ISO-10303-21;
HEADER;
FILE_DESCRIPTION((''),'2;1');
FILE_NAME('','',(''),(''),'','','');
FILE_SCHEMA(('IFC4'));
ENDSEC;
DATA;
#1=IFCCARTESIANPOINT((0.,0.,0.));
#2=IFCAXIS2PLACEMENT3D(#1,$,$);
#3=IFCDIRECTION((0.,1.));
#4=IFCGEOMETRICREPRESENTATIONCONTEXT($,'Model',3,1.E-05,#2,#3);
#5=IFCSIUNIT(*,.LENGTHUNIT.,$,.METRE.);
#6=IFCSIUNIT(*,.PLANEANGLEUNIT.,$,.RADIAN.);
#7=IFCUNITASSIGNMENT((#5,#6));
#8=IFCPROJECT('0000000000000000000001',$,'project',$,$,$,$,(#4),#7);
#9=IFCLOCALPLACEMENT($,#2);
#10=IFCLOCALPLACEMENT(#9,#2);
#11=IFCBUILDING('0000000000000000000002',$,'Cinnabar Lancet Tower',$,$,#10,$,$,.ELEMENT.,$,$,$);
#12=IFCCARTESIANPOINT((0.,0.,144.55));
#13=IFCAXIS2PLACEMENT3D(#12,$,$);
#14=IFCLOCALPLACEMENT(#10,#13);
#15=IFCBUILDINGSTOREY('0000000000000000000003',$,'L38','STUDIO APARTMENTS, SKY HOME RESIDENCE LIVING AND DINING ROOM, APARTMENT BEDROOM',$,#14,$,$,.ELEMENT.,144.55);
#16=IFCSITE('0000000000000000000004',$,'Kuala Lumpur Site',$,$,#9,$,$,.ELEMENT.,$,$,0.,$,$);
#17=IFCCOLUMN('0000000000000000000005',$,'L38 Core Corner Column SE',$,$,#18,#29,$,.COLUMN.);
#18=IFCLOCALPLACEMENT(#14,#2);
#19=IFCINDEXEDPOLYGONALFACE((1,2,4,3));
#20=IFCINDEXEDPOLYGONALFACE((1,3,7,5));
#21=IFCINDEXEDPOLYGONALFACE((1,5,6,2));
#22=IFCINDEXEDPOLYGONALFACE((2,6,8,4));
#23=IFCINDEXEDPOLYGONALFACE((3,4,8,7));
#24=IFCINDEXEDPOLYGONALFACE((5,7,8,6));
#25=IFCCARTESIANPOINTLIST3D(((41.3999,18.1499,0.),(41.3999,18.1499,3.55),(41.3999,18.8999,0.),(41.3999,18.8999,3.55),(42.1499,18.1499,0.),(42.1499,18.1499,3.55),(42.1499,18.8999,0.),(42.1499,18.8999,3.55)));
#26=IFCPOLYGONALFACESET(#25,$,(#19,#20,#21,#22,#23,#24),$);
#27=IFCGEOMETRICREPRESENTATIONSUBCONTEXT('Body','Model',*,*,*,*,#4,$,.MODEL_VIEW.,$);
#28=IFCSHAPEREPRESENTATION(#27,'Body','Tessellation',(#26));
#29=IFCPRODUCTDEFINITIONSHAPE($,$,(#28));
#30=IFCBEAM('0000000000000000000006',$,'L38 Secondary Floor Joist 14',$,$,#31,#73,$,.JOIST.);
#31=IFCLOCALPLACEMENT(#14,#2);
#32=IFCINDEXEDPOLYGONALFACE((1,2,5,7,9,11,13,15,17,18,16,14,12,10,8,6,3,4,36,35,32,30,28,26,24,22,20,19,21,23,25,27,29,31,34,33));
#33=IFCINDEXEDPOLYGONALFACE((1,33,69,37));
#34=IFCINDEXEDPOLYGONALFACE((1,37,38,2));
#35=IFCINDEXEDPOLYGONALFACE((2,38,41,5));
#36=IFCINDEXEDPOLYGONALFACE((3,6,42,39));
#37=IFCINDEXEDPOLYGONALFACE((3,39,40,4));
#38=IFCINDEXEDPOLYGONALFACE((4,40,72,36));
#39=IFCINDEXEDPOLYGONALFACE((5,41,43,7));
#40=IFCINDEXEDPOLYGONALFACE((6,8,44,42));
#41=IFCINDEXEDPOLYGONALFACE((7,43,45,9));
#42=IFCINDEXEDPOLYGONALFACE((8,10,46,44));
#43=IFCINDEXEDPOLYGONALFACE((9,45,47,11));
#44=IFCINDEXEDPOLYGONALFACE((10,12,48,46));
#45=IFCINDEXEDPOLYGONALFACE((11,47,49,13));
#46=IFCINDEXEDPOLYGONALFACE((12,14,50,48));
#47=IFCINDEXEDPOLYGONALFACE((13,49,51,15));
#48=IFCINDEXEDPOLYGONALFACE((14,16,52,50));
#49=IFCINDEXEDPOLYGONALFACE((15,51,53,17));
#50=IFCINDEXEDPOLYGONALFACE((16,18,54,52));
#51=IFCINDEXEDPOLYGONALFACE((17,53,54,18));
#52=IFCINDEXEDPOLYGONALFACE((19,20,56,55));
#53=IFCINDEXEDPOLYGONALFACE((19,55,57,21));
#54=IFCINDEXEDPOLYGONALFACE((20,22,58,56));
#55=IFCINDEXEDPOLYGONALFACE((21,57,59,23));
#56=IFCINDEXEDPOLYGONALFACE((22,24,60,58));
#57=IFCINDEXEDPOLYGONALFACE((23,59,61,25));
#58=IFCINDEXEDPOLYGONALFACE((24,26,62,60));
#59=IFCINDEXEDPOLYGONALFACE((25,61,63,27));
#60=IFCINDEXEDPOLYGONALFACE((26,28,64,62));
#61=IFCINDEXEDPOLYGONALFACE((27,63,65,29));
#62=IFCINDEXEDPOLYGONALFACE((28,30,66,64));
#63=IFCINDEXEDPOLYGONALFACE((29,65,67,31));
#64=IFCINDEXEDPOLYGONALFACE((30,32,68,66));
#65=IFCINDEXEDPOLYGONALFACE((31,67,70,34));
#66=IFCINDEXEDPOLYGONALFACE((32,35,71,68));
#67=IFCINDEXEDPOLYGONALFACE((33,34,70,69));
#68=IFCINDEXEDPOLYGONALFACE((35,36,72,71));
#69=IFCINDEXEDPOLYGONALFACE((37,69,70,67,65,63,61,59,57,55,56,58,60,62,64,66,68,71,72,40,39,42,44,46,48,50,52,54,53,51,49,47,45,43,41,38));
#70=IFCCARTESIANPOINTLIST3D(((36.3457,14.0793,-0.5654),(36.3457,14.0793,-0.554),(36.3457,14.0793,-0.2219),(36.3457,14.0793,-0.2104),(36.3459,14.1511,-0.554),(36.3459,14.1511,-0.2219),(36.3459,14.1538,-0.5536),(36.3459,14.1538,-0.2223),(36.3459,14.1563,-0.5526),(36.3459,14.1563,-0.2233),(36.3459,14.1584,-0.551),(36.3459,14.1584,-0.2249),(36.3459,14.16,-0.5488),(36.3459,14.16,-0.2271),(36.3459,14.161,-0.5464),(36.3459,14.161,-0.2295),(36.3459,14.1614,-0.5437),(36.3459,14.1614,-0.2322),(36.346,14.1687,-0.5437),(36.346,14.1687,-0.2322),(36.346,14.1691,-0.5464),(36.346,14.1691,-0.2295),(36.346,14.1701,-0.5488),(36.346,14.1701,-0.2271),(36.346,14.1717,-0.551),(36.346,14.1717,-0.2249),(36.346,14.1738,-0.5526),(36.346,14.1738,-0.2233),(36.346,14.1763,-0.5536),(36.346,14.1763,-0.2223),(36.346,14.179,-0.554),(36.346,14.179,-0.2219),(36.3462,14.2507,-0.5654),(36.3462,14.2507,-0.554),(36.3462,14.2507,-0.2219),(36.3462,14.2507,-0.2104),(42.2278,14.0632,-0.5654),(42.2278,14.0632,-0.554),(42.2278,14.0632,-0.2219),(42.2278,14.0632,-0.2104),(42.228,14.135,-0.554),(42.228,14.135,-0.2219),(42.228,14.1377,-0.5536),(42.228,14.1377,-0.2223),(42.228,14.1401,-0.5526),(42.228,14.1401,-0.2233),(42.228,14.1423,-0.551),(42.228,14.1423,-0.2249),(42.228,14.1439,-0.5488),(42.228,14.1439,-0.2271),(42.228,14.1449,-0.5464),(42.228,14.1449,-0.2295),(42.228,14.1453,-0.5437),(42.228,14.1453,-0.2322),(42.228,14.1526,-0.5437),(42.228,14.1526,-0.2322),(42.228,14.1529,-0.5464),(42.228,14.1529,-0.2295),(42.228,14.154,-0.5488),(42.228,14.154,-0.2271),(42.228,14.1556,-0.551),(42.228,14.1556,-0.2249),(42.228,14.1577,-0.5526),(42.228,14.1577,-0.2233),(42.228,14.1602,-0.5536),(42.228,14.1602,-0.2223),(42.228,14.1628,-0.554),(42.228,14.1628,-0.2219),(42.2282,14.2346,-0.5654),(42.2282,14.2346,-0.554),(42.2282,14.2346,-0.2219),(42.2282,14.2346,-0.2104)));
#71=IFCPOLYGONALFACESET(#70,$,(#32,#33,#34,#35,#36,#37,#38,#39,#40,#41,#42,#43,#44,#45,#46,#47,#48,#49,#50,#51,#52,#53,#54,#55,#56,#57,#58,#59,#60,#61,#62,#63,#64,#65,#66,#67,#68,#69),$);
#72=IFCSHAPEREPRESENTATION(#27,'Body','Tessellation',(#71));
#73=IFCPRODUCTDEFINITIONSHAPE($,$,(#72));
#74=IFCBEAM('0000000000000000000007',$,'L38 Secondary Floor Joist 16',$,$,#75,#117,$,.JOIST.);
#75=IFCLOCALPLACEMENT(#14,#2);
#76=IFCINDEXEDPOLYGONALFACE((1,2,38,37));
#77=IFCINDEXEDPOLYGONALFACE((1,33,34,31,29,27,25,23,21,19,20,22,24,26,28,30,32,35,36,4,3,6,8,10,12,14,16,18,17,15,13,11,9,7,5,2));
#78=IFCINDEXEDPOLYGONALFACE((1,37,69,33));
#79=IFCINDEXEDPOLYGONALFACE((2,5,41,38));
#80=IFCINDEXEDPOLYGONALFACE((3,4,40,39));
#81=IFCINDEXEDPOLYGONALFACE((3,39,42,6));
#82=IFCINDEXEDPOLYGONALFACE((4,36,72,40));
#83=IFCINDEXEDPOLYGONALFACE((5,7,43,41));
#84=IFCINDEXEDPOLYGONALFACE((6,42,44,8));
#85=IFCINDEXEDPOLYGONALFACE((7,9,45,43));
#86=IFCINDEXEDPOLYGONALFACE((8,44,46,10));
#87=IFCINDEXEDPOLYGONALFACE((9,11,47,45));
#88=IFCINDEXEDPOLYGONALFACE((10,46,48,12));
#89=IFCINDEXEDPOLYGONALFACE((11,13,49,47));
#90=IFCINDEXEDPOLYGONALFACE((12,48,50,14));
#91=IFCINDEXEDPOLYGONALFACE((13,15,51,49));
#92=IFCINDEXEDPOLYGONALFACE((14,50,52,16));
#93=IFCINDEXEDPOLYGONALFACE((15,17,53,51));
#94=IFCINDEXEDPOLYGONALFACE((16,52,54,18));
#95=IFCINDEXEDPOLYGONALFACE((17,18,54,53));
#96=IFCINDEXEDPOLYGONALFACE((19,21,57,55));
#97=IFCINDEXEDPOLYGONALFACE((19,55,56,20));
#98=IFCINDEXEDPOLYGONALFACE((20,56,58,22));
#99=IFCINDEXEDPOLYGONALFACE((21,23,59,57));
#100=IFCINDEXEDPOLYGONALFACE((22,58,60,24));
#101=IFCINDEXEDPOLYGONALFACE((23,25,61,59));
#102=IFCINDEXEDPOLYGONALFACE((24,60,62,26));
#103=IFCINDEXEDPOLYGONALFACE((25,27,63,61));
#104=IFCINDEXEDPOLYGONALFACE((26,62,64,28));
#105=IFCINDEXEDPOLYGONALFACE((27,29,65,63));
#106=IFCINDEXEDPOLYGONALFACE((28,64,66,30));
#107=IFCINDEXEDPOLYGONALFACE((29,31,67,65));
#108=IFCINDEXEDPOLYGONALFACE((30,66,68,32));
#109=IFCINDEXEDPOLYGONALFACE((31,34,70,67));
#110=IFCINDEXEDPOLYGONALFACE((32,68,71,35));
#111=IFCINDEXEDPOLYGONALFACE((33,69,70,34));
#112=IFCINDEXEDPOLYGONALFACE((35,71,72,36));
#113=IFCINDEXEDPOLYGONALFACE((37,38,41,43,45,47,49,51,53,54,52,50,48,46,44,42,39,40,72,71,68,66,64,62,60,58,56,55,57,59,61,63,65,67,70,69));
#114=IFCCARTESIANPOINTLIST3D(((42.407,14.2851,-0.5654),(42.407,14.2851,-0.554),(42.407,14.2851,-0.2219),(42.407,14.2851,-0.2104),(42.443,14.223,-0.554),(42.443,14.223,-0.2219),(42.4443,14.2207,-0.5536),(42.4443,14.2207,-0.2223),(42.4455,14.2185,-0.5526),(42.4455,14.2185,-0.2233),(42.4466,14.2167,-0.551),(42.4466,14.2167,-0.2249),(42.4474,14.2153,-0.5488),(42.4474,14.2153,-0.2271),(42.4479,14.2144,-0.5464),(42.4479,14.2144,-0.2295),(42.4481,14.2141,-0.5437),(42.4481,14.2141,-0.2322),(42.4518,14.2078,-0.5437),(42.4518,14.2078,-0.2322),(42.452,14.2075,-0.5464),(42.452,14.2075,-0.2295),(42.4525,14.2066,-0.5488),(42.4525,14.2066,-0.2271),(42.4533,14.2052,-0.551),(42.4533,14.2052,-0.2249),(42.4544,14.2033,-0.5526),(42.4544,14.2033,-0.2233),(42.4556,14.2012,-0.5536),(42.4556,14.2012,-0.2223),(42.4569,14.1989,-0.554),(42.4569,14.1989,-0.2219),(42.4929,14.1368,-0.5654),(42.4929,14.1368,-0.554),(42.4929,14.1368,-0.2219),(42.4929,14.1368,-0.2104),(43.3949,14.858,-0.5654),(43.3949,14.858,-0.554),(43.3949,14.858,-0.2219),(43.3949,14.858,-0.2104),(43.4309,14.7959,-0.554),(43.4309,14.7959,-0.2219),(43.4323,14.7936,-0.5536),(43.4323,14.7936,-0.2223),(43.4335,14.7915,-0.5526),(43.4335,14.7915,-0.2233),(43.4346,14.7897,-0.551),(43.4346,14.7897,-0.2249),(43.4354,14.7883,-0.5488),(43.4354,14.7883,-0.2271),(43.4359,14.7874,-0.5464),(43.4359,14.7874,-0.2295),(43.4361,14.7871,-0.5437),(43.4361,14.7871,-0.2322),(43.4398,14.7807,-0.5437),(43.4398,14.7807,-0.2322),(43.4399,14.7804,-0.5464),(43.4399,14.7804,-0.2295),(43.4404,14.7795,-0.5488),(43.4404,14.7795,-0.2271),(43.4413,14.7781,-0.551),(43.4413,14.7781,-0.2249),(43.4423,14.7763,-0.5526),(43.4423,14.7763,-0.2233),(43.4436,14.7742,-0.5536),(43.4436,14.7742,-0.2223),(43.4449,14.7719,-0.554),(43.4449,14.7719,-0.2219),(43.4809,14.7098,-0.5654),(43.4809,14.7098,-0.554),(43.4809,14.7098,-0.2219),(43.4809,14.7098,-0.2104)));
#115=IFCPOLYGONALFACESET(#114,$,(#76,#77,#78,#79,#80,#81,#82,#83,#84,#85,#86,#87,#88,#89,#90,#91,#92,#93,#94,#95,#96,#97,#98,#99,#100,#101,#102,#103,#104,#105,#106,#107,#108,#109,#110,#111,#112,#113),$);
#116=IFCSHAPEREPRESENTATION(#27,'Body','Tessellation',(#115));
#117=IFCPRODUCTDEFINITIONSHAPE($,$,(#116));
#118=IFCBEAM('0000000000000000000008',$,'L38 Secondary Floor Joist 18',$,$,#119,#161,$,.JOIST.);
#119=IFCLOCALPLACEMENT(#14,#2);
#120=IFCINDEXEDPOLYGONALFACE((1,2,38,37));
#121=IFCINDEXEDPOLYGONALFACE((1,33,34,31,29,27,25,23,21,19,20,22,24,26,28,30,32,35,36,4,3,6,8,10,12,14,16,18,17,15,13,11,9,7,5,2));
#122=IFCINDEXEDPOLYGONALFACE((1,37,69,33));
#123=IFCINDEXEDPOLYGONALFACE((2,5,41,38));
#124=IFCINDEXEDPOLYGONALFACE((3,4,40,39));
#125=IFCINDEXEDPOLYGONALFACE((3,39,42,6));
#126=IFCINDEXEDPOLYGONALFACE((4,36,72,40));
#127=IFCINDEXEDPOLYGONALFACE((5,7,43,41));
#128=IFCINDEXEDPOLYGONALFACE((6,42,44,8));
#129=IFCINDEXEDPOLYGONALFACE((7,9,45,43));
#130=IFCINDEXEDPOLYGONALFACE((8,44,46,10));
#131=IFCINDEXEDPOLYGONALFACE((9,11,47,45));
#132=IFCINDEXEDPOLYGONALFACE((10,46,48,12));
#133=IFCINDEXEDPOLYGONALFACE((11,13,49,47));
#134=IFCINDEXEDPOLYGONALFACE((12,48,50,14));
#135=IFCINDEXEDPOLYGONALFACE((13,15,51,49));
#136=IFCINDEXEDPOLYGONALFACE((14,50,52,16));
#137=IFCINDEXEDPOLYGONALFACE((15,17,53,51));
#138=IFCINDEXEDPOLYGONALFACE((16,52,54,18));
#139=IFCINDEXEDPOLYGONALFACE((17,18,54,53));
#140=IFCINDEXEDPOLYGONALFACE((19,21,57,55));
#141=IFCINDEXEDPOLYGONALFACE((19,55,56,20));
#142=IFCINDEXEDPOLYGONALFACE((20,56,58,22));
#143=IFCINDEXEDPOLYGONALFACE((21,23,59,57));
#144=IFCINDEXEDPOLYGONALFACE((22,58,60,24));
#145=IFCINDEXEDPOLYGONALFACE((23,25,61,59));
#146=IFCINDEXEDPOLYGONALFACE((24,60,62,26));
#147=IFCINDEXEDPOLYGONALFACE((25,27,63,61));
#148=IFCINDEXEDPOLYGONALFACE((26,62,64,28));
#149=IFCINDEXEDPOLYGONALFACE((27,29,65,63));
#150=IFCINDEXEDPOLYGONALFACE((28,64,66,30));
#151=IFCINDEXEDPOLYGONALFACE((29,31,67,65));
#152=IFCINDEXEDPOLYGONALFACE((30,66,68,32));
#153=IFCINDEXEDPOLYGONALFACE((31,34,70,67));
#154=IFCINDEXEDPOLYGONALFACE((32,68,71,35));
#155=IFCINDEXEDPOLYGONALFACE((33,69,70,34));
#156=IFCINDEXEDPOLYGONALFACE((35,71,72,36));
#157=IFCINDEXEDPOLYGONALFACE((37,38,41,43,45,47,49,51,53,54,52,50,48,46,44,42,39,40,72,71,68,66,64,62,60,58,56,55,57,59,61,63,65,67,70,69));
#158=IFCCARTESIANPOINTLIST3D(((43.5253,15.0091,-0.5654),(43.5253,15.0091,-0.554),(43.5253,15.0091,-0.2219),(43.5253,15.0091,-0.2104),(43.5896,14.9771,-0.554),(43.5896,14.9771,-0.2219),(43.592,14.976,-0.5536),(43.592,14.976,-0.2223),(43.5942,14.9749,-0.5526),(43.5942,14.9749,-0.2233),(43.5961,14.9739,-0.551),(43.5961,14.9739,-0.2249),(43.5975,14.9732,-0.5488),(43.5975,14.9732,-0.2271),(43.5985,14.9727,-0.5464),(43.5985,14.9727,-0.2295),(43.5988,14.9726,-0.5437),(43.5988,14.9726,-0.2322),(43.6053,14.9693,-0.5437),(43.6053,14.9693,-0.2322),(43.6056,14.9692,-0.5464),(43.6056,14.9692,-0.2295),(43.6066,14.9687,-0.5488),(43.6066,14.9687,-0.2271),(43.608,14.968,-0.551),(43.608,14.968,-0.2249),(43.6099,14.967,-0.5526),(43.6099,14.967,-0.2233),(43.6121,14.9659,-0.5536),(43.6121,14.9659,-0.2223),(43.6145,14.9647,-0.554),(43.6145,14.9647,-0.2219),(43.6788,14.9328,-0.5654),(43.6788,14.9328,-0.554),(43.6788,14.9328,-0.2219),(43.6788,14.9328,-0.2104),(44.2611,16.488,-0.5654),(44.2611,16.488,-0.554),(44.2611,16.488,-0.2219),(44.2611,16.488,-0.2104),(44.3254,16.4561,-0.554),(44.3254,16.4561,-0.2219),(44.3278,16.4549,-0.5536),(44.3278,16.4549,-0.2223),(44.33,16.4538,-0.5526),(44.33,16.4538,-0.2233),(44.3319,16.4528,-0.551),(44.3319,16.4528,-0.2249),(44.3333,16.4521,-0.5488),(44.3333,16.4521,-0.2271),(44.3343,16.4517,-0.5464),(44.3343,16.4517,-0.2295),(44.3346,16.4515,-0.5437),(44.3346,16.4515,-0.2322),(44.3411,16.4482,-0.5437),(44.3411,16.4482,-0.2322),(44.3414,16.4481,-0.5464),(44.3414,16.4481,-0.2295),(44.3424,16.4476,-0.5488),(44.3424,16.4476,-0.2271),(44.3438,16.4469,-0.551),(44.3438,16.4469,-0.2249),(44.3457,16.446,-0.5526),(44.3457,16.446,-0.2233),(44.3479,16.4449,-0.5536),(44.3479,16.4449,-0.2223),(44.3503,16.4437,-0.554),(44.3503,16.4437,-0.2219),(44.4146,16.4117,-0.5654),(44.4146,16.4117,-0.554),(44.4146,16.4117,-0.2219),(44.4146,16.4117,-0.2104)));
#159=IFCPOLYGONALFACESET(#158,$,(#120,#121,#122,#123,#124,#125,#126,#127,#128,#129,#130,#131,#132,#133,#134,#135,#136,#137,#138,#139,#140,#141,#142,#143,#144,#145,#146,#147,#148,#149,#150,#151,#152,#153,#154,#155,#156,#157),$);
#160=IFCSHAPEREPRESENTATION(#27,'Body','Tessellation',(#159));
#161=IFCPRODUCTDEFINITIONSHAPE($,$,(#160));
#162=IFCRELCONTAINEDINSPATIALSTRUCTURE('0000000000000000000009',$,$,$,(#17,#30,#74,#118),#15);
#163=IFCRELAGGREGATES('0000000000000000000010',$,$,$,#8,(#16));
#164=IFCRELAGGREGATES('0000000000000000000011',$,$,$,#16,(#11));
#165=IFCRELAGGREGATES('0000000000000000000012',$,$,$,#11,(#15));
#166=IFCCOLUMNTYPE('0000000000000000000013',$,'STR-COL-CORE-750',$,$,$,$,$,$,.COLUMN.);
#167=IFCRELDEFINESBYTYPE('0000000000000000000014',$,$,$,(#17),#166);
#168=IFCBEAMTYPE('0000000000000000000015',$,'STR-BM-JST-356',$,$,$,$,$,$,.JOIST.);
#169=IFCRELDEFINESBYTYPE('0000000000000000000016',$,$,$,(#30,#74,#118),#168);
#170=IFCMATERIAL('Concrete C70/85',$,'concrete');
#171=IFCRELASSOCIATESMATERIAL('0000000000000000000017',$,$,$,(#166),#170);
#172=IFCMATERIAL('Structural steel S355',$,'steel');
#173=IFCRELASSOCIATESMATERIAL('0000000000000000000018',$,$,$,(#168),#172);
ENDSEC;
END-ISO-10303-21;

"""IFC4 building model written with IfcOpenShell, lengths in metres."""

from ifc_helpers import new_model, si_unit, direction, frame, origin, origin_2d, place, context, subcontext, project, spatial, rectangle, i_section, extrude, material, material_profile, profile_set, type_object, element, save


model = new_model("IFC4")

# Units and contexts
model_context = context("Model", 3, precision=1e-05, world=origin(), true_north=direction((0.0, 1.0)))
body_context = subcontext(model_context, "Body", "Model", "MODEL_VIEW")
ifc_project = project(units=[si_unit("LENGTHUNIT", "METRE"), si_unit("PLANEANGLEUNIT", "RADIAN")], contexts=[model_context])

# Site, building, storey
site_placement = place(None, origin())
site = spatial("IfcSite", under=ifc_project, at=site_placement, Name="Kuala Lumpur Site", CompositionType="ELEMENT", RefElevation=0.0)
building_placement = place(site_placement, origin())
building = spatial("IfcBuilding", under=site, at=building_placement, Name="Cinnabar Lancet Tower", CompositionType="ELEMENT")
storey_placement = place(building_placement, frame((0.0, 0.0, 144.55)))
storey = spatial("IfcBuildingStorey", under=building, at=storey_placement, Name="L38", Description="STUDIO APARTMENTS, SKY HOME RESIDENCE LIVING AND DINING ROOM, APARTMENT BEDROOM", CompositionType="ELEMENT", Elevation=144.55)

# Column
ifc_material_1 = material(Name="Concrete C70/85", Category="concrete")
ifc_material_profile_1 = material_profile(ifc_material_1, rectangle(XDim=0.75, YDim=0.75, at=origin_2d()), Name="RC-COL 750x750")
ifc_profile_set_1 = profile_set([ifc_material_profile_1], Name="Concrete C70/85")
column_type = type_object("IfcColumnType", Name="STR-COL-CORE-750", PredefinedType="COLUMN", material=ifc_profile_set_1)
column_placement = place(storey_placement, frame((41.7749, 18.5249, 0.0), z_axis=(0.0, 0.0, 1.0), x_axis=(1.0, 0.0, 0.0)))
element("IfcColumn", 1, at=column_placement, inside=storey, type_object=column_type, Name="L38 Core Corner Column SE", PredefinedType="COLUMN", context=body_context, shape_type="SweptSolid", body=[
    extrude(rectangle(XDim=0.75, YDim=0.75, at=origin_2d()), origin(), (0.0, 0.0, 1.0), 3.55),
])

# Beams
ifc_material_2 = material(Name="Structural steel S355", Category="steel")
ifc_material_profile_2 = material_profile(ifc_material_2, i_section(OverallWidth=0.1714, OverallDepth=0.355, WebThickness=0.0073, FlangeThickness=0.0115, FilletRadius=0.0103, at=origin_2d()), Name="UKB 356x171x51")
ifc_profile_set_2 = profile_set([ifc_material_profile_2], Name="Structural steel S355")
beam_type_1 = type_object("IfcBeamType", Name="STR-BM-JST-356", PredefinedType="JOIST", material=ifc_profile_set_2)
beam_1_placement = place(storey_placement, frame((36.3459, 14.165, -0.3879), z_axis=(0.999996, -0.002739, 0.0), x_axis=(0.002739, 0.999996, 0.0)))
element("IfcBeam", 2, at=beam_1_placement, inside=storey, type_object=beam_type_1, Name="L38 Secondary Floor Joist 14", PredefinedType="JOIST", context=body_context, shape_type="SweptSolid", body=[
    extrude(i_section(OverallWidth=0.1714, OverallDepth=0.355, WebThickness=0.0073, FlangeThickness=0.0115, FilletRadius=0.0103, at=origin_2d()), origin(), (0.0, 0.0, 1.0), 5.8821),
])
beam_2_placement = place(storey_placement, frame((42.45, 14.2109, -0.3879), z_axis=(0.865055, 0.501677, 0.0), x_axis=(-0.501677, 0.865055, 0.0)))
element("IfcBeam", 3, at=beam_2_placement, inside=storey, type_object=beam_type_1, Name="L38 Secondary Floor Joist 16", PredefinedType="JOIST", context=body_context, shape_type="SweptSolid", body=[
    extrude(i_section(OverallWidth=0.1714, OverallDepth=0.355, WebThickness=0.0073, FlangeThickness=0.0115, FilletRadius=0.0103, at=origin_2d()), origin(), (0.0, 0.0, 1.0), 1.1421),
])
beam_3_placement = place(storey_placement, frame((43.6021, 14.9709, -0.3879), z_axis=(0.445439, 0.895312, 0.0), x_axis=(-0.895312, 0.445439, 0.0)))
element("IfcBeam", 4, at=beam_3_placement, inside=storey, type_object=beam_type_1, Name="L38 Secondary Floor Joist 18", PredefinedType="JOIST", context=body_context, shape_type="SweptSolid", body=[
    extrude(i_section(OverallWidth=0.1714, OverallDepth=0.355, WebThickness=0.0073, FlangeThickness=0.0115, FilletRadius=0.0103, at=origin_2d()), origin(), (0.0, 0.0, 1.0), 1.6519),
])

save(model, "model.ifc")
